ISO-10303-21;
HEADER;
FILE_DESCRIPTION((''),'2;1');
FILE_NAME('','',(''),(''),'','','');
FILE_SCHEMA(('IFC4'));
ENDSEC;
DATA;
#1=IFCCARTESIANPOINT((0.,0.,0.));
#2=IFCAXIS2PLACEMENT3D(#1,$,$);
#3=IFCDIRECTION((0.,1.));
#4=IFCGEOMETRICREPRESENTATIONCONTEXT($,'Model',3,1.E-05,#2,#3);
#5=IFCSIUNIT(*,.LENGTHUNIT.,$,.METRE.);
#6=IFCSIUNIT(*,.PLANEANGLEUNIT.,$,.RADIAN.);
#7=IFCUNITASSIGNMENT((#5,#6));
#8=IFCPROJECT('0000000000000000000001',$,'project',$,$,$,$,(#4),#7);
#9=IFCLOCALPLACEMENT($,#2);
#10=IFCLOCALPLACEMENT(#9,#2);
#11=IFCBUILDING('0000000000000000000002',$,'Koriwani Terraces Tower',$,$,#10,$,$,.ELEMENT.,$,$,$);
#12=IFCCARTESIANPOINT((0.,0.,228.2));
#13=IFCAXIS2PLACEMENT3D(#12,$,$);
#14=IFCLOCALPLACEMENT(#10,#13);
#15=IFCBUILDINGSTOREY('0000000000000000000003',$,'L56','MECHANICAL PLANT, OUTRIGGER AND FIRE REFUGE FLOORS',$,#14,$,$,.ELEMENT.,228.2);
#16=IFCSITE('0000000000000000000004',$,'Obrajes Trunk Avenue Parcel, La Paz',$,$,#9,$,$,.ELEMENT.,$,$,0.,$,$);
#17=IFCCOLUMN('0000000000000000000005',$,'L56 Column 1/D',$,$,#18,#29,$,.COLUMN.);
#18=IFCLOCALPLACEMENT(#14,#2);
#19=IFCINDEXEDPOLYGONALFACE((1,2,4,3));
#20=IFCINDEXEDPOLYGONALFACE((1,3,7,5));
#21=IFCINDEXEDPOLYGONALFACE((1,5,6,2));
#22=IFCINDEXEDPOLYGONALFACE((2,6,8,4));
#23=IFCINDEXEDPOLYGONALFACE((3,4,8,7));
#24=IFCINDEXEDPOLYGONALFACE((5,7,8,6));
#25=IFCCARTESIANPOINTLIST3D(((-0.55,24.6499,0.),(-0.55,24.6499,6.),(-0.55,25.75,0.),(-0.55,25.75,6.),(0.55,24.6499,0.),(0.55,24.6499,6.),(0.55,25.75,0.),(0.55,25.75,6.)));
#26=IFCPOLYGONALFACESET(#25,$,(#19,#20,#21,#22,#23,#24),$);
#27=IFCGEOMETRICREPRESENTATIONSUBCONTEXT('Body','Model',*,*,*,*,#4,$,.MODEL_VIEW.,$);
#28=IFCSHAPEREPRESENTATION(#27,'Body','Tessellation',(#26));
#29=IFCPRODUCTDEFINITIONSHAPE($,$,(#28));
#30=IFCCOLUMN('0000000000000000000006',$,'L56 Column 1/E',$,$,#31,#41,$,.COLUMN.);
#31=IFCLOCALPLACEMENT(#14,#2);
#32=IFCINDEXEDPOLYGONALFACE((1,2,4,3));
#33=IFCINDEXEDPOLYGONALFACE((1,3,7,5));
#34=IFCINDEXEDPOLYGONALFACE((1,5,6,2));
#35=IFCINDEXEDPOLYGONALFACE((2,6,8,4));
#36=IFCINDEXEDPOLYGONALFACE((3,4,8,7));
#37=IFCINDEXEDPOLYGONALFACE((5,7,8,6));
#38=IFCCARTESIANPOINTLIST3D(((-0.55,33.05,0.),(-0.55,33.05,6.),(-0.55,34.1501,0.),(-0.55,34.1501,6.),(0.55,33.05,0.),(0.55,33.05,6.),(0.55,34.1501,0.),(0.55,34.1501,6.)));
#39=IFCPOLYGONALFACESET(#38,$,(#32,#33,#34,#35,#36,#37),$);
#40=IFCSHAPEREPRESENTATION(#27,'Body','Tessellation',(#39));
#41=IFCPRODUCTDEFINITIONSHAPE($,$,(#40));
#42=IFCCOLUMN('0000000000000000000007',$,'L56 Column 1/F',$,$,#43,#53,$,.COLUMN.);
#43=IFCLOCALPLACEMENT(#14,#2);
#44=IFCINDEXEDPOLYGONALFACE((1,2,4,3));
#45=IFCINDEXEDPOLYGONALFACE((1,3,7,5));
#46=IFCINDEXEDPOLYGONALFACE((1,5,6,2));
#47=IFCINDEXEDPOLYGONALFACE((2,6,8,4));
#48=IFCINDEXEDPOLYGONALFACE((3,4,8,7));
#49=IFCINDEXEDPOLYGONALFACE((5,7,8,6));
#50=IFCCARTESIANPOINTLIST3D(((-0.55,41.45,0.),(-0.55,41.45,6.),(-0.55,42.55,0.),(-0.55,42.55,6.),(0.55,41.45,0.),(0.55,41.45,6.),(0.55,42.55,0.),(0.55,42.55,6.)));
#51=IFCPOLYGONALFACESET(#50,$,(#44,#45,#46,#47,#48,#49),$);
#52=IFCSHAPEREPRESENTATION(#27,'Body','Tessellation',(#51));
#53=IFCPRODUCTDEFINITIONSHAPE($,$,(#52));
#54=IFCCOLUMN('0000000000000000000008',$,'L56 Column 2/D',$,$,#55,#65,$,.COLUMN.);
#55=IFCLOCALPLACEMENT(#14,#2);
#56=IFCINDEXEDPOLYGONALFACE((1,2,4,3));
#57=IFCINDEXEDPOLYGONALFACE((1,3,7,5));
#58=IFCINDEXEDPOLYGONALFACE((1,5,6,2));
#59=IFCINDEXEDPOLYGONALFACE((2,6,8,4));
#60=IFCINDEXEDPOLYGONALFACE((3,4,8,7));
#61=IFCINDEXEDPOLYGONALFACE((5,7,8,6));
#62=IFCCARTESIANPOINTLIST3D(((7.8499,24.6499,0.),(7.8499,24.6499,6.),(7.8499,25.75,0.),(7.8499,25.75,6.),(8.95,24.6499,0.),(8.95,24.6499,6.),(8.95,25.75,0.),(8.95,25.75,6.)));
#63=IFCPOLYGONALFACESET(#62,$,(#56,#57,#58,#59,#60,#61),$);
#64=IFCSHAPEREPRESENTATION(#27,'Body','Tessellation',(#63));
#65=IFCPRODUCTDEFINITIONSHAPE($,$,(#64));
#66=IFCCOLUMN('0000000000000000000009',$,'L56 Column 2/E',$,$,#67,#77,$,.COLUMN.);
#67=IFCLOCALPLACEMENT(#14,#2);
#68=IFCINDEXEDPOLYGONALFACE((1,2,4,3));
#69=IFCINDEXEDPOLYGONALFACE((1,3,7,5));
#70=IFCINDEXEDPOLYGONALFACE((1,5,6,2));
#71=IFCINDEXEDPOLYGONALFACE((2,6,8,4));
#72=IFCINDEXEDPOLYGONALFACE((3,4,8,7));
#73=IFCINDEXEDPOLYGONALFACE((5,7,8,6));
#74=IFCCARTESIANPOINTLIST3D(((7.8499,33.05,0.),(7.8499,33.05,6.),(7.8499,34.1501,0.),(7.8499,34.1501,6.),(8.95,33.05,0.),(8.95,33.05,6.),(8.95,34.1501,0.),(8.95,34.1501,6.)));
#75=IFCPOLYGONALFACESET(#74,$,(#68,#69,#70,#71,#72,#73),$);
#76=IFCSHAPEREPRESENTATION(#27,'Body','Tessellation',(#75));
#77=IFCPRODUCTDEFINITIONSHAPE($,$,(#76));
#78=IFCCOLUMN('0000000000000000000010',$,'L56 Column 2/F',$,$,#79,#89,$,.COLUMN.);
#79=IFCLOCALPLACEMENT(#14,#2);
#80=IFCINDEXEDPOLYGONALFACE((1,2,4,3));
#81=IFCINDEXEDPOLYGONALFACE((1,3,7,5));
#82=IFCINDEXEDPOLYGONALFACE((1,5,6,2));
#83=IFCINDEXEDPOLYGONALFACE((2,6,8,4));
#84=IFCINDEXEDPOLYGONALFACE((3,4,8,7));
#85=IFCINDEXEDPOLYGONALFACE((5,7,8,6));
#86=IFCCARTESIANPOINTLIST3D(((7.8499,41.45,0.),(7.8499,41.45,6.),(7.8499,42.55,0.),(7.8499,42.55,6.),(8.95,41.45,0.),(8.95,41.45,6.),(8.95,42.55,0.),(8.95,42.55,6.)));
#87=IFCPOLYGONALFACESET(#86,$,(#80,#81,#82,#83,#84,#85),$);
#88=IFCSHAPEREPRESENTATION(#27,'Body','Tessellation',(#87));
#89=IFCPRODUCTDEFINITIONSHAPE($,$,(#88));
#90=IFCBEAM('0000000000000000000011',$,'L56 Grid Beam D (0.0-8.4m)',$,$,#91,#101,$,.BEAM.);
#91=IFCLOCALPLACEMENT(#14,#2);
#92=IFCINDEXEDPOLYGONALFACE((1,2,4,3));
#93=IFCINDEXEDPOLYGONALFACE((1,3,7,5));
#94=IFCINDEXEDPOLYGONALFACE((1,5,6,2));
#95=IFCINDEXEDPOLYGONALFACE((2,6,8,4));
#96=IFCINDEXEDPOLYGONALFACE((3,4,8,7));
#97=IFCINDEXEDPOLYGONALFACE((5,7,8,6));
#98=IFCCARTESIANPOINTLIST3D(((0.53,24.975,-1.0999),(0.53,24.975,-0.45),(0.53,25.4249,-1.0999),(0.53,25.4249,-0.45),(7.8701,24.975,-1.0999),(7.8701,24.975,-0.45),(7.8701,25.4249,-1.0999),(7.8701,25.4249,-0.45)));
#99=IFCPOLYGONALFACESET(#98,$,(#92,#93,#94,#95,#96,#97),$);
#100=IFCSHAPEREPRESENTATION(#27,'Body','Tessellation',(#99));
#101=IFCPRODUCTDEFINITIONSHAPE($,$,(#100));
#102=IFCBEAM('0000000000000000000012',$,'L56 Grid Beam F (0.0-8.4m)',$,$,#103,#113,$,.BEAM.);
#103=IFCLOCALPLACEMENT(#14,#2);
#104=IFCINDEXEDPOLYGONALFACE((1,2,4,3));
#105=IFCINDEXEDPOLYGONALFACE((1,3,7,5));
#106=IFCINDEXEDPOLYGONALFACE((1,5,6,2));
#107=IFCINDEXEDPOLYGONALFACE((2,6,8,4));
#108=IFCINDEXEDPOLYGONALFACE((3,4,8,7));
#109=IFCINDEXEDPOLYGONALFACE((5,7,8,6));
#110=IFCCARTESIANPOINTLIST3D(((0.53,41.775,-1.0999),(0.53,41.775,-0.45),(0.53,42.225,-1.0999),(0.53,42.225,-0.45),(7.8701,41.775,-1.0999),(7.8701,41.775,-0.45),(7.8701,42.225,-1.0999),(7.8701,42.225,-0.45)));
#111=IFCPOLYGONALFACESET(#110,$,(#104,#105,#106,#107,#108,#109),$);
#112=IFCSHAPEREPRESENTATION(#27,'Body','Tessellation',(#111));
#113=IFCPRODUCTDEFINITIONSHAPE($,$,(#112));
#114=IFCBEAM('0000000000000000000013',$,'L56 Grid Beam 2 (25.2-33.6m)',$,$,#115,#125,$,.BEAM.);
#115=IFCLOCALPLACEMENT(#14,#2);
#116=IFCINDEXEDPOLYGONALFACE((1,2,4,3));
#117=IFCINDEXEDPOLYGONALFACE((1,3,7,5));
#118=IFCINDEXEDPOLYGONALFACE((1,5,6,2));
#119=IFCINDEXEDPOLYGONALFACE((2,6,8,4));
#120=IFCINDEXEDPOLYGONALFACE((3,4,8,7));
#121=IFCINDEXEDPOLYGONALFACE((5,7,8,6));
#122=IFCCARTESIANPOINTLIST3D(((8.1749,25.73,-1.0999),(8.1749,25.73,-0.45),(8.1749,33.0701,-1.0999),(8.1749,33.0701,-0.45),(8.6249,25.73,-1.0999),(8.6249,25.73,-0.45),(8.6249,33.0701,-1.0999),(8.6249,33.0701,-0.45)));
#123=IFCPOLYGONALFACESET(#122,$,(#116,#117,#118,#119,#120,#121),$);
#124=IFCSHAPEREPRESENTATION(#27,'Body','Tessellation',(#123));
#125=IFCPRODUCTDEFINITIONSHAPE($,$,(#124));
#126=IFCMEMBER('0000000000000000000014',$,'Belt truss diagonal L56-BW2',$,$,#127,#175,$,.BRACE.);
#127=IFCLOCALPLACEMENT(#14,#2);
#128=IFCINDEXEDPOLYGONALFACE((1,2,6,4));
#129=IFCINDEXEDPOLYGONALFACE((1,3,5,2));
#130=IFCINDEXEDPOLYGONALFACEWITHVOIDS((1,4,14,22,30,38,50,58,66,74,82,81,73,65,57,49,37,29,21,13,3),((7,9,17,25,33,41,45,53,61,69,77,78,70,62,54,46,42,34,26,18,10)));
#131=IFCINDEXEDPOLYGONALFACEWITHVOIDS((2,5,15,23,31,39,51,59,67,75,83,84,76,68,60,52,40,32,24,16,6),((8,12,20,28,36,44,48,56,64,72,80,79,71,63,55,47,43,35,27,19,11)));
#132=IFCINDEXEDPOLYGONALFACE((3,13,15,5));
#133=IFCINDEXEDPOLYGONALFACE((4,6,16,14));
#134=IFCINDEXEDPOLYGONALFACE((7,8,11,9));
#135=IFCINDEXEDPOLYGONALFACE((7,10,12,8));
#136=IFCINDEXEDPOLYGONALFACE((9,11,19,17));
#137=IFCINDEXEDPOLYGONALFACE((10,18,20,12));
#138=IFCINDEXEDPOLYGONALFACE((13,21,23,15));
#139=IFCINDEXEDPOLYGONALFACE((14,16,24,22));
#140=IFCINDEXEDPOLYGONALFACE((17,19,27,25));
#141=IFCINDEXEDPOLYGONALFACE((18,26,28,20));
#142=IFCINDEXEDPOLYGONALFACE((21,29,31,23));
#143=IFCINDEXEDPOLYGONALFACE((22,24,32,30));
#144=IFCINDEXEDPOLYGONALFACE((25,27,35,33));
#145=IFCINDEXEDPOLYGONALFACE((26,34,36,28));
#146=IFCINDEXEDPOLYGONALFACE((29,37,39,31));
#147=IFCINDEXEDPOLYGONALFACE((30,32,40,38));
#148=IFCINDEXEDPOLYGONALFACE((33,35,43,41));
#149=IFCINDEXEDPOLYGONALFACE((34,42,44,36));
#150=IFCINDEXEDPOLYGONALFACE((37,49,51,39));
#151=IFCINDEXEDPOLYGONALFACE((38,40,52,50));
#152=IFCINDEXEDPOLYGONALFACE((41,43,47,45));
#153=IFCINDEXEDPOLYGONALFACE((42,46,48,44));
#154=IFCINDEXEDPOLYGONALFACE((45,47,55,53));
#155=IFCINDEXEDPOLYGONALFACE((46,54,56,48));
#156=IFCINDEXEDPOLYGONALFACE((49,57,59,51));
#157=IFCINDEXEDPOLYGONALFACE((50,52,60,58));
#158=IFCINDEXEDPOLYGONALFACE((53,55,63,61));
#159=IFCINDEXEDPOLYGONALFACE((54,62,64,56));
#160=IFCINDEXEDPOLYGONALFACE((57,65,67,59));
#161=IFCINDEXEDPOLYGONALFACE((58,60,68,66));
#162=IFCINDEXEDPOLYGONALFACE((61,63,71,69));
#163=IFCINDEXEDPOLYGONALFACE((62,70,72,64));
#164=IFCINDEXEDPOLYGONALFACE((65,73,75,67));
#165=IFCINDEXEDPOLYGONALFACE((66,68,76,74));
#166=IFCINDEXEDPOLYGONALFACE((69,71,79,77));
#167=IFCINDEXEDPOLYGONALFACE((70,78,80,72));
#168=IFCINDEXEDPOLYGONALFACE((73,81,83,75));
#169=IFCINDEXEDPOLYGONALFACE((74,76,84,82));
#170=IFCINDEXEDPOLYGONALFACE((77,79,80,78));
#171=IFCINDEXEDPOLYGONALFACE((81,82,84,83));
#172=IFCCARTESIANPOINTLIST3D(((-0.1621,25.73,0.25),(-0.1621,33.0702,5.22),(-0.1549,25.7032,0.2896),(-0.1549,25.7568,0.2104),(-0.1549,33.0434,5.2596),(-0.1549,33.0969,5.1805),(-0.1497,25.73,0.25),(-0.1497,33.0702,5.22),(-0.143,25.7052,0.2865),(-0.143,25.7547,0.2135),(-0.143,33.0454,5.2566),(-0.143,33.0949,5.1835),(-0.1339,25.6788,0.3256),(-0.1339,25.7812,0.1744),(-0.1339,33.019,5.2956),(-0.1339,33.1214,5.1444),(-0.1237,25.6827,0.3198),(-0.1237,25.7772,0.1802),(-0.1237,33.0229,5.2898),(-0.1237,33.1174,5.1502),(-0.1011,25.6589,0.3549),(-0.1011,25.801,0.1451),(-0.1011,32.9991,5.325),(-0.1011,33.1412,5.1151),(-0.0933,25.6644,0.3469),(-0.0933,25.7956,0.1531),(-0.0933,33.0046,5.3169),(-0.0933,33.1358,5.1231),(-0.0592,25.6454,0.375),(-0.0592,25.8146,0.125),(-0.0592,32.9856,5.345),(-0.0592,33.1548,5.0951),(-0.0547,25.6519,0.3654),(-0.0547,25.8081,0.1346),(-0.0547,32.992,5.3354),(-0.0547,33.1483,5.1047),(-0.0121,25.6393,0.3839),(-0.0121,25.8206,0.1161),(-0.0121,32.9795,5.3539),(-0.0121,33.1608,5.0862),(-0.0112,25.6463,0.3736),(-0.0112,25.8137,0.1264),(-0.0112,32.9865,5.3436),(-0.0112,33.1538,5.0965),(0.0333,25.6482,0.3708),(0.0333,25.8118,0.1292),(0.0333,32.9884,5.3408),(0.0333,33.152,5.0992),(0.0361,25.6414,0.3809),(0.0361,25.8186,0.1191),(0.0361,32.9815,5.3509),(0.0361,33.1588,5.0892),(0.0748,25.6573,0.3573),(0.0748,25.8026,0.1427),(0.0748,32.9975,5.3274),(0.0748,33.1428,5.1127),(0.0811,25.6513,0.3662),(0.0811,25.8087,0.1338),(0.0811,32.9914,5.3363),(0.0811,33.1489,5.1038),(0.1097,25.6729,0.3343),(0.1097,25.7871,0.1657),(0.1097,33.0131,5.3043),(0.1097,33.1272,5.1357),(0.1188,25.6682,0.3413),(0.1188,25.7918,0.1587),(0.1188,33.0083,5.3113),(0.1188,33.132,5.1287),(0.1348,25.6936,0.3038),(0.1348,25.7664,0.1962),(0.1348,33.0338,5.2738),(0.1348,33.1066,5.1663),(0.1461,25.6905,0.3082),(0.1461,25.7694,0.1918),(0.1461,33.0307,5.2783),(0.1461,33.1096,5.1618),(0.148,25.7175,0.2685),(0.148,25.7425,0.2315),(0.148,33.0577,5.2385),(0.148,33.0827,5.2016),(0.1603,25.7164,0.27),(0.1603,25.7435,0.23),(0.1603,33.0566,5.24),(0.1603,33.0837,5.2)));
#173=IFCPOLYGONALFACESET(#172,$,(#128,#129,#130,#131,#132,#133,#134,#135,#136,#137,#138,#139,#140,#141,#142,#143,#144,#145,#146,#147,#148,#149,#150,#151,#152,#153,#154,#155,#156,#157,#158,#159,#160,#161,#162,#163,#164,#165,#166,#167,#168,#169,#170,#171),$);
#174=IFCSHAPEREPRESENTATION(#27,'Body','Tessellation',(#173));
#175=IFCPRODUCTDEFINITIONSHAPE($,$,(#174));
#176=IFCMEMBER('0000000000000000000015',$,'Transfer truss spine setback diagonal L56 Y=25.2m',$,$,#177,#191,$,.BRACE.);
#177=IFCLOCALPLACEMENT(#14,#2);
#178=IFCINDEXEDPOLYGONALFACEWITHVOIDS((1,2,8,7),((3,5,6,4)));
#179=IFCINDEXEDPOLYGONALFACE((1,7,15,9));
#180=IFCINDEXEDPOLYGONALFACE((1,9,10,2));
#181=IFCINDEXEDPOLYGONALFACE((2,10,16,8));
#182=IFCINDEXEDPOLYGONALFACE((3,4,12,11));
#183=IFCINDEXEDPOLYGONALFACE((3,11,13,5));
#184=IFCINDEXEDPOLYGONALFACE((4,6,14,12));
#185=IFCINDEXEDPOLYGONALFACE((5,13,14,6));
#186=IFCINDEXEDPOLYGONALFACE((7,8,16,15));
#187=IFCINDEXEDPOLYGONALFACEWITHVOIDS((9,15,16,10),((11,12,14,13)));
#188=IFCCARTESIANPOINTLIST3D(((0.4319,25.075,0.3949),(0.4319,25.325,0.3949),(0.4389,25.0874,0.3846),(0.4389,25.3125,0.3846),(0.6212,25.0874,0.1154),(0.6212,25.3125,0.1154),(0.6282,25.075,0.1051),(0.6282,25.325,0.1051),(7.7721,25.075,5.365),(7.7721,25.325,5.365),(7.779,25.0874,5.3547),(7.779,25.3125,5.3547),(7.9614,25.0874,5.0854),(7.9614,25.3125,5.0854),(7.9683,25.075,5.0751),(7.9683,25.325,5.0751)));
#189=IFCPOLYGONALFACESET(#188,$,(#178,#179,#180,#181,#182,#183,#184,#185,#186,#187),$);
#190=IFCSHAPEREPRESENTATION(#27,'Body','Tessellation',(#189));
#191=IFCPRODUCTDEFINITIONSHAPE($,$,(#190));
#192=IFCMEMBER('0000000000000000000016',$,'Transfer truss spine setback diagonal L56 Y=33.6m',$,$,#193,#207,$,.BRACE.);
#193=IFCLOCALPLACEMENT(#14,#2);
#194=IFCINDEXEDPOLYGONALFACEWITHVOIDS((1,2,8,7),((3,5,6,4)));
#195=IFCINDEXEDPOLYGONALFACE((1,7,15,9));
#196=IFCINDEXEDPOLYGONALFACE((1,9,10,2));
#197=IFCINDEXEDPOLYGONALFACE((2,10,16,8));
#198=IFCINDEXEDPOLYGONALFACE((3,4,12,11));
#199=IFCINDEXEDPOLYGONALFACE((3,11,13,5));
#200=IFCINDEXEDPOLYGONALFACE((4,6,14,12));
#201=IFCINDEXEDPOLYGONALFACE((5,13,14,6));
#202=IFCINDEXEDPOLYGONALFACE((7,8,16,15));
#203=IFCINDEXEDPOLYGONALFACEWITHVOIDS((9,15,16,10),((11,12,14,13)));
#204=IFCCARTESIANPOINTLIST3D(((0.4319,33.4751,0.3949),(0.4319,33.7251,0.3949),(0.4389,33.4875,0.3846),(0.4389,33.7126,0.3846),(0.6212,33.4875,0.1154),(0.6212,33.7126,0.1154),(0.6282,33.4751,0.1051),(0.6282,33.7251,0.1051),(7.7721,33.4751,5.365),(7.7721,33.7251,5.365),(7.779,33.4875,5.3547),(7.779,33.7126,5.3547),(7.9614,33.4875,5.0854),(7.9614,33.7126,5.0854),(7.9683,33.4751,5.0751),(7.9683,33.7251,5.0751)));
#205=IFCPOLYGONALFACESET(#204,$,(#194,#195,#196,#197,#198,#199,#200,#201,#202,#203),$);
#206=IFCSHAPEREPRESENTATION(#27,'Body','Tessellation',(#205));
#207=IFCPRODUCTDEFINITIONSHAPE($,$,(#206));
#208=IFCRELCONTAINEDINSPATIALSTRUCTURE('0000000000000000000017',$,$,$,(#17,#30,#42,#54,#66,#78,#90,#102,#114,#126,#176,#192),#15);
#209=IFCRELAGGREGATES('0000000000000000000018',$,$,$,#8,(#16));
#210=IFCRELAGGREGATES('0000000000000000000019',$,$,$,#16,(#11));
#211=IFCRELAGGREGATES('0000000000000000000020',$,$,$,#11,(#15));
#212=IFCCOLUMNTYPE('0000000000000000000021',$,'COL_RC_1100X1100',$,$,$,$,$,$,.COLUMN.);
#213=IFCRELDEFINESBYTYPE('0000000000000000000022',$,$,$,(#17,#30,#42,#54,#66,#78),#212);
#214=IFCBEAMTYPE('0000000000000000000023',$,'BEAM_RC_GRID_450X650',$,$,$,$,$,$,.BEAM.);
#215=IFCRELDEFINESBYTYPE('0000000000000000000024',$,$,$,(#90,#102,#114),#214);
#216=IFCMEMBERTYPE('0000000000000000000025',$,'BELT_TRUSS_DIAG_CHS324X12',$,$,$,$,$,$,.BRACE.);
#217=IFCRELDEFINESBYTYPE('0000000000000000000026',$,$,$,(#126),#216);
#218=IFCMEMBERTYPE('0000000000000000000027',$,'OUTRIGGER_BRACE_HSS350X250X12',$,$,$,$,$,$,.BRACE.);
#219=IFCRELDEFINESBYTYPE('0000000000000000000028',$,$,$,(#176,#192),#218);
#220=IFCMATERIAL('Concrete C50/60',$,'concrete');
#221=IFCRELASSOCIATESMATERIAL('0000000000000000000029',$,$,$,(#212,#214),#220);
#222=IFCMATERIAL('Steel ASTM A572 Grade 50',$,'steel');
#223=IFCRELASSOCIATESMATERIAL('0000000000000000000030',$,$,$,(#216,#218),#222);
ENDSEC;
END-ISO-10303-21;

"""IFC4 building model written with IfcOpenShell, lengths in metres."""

from ifc_helpers import new_model, si_unit, direction, frame, origin, origin_2d, place, context, subcontext, project, spatial, rectangle, hollow_rectangle, hollow_circle, extrude, material, material_profile, profile_set, type_object, element, save


model = new_model("IFC4")

# Units and contexts
model_context = context("Model", 3, precision=1e-05, world=origin(), true_north=direction((0.0, 1.0)))
body_context = subcontext(model_context, "Body", "Model", "MODEL_VIEW")
ifc_project = project(units=[si_unit("LENGTHUNIT", "METRE"), si_unit("PLANEANGLEUNIT", "RADIAN")], contexts=[model_context])

# Site, building, storey
site_placement = place(None, origin())
site = spatial("IfcSite", under=ifc_project, at=site_placement, Name="Obrajes Trunk Avenue Parcel, La Paz", CompositionType="ELEMENT", RefElevation=0.0)
building_placement = place(site_placement, origin())
building = spatial("IfcBuilding", under=site, at=building_placement, Name="Koriwani Terraces Tower", CompositionType="ELEMENT")
storey_placement = place(building_placement, frame((0.0, 0.0, 228.2)))
storey = spatial("IfcBuildingStorey", under=building, at=storey_placement, Name="L56", Description="MECHANICAL PLANT, OUTRIGGER AND FIRE REFUGE FLOORS", CompositionType="ELEMENT", Elevation=228.2)

# Columns
ifc_material_1 = material(Name="Concrete C50/60", Category="concrete")
ifc_material_profile_1 = material_profile(ifc_material_1, rectangle(XDim=1.1001, YDim=1.1001, at=origin_2d()), Name="Concrete C50/60", Category="LoadBearing")
ifc_profile_set_1 = profile_set([ifc_material_profile_1], Name="Concrete C50/60")
column_type = type_object("IfcColumnType", Name="COL_RC_1100X1100", PredefinedType="COLUMN", material=ifc_profile_set_1)
for number, where, z_axis, x_axis, name in (
    (1, (0.0, 25.2, 0.0), (0.0, 0.0, 1.0), (1.0, 0.0, 0.0), "L56 Column 1/D"),
    (2, (0.0, 33.6001, 0.0), (0.0, 0.0, 1.0), (1.0, 0.0, 0.0), "L56 Column 1/E"),
    (3, (0.0, 42.0, 0.0), (0.0, 0.0, 1.0), (1.0, 0.0, 0.0), "L56 Column 1/F"),
    (4, (8.3999, 25.2, 0.0), (0.0, 0.0, 1.0), (1.0, 0.0, 0.0), "L56 Column 2/D"),
    (5, (8.3999, 33.6001, 0.0), (0.0, 0.0, 1.0), (1.0, 0.0, 0.0), "L56 Column 2/E"),
    (6, (8.3999, 42.0, 0.0), (0.0, 0.0, 1.0), (1.0, 0.0, 0.0), "L56 Column 2/F"),
):
    element("IfcColumn", number, at=place(storey_placement, frame(where, z_axis=z_axis, x_axis=x_axis)), inside=storey, type_object=column_type, Name=name, PredefinedType="COLUMN", context=body_context, shape_type="SweptSolid", body=[
        extrude(rectangle(XDim=1.1001, YDim=1.1001, at=origin_2d()), origin(), (0.0, 0.0, 1.0), 6.0),
    ])

# Beams
ifc_material_profile_2 = material_profile(ifc_material_1, rectangle(XDim=0.45, YDim=0.6499, at=origin_2d()), Name="Concrete C50/60", Category="LoadBearing")
ifc_profile_set_2 = profile_set([ifc_material_profile_2], Name="Concrete C50/60")
beam_type_1 = type_object("IfcBeamType", Name="BEAM_RC_GRID_450X650", PredefinedType="BEAM", material=ifc_profile_set_2)
for number, where, z_axis, x_axis, name in (
    (7, (0.53, 25.2, -0.7749), (1.0, 0.0, 0.0), (0.0, 1.0, 0.0), "L56 Grid Beam D (0.0-8.4m)"),
    (8, (0.53, 42.0, -0.7749), (1.0, 0.0, 0.0), (0.0, 1.0, 0.0), "L56 Grid Beam F (0.0-8.4m)"),
    (9, (8.3999, 25.73, -0.7749), (0.0, 1.0, 0.0), (-1.0, 0.0, 0.0), "L56 Grid Beam 2 (25.2-33.6m)"),
):
    element("IfcBeam", number, at=place(storey_placement, frame(where, z_axis=z_axis, x_axis=x_axis)), inside=storey, type_object=beam_type_1, Name=name, PredefinedType="BEAM", context=body_context, shape_type="SweptSolid", body=[
        extrude(rectangle(XDim=0.45, YDim=0.6499, at=origin_2d()), origin(), (0.0, 0.0, 1.0), 7.3401),
    ])

# Members
ifc_material_2 = material(Name="Steel ASTM A572 Grade 50", Category="steel")
ifc_material_profile_3 = material_profile(ifc_material_2, hollow_circle(Radius=0.1621, WallThickness=0.0125, at=origin_2d()), Name="Steel ASTM A572 Grade 50", Category="LoadBearing")
ifc_profile_set_3 = profile_set([ifc_material_profile_3], Name="Steel ASTM A572 Grade 50")
member_type_1 = type_object("IfcMemberType", Name="BELT_TRUSS_DIAG_CHS324X12", PredefinedType="BRACE", material=ifc_profile_set_3)
member_placement = place(storey_placement, frame((0.0, 25.73, 0.25), z_axis=(0.0, 0.828042, 0.560667), x_axis=(-1.0, 0.0, 0.0)))
element("IfcMember", 10, at=member_placement, inside=storey, type_object=member_type_1, Name="Belt truss diagonal L56-BW2", PredefinedType="BRACE", context=body_context, shape_type="SweptSolid", body=[
    extrude(hollow_circle(Radius=0.1621, WallThickness=0.0125, at=origin_2d()), origin(), (0.0, 0.0, 1.0), 8.8645),
])
ifc_material_profile_4 = material_profile(ifc_material_2, hollow_rectangle(XDim=0.25, YDim=0.3501, WallThickness=0.0125, at=origin_2d()), Name="Steel ASTM A572 Grade 50", Category="LoadBearing")
ifc_profile_set_4 = profile_set([ifc_material_profile_4], Name="Steel ASTM A572 Grade 50")
member_type_2 = type_object("IfcMemberType", Name="OUTRIGGER_BRACE_HSS350X250X12", PredefinedType="BRACE", material=ifc_profile_set_4)
for number, where, z_axis, x_axis, name in (
    (11, (0.53, 25.2, 0.25), (0.828042, 0.0, 0.560667), (0.0, 1.0, 0.0), "Transfer truss spine setback diagonal L56 Y=25.2m"),
    (12, (0.53, 33.6001, 0.25), (0.828042, 0.0, 0.560667), (0.0, 1.0, 0.0), "Transfer truss spine setback diagonal L56 Y=33.6m"),
):
    element("IfcMember", number, at=place(storey_placement, frame(where, z_axis=z_axis, x_axis=x_axis)), inside=storey, type_object=member_type_2, Name=name, PredefinedType="BRACE", context=body_context, shape_type="SweptSolid", body=[
        extrude(hollow_rectangle(XDim=0.25, YDim=0.3501, WallThickness=0.0125, at=origin_2d()), origin(), (0.0, 0.0, 1.0), 8.8645),
    ])

save(model, "model.ifc")
